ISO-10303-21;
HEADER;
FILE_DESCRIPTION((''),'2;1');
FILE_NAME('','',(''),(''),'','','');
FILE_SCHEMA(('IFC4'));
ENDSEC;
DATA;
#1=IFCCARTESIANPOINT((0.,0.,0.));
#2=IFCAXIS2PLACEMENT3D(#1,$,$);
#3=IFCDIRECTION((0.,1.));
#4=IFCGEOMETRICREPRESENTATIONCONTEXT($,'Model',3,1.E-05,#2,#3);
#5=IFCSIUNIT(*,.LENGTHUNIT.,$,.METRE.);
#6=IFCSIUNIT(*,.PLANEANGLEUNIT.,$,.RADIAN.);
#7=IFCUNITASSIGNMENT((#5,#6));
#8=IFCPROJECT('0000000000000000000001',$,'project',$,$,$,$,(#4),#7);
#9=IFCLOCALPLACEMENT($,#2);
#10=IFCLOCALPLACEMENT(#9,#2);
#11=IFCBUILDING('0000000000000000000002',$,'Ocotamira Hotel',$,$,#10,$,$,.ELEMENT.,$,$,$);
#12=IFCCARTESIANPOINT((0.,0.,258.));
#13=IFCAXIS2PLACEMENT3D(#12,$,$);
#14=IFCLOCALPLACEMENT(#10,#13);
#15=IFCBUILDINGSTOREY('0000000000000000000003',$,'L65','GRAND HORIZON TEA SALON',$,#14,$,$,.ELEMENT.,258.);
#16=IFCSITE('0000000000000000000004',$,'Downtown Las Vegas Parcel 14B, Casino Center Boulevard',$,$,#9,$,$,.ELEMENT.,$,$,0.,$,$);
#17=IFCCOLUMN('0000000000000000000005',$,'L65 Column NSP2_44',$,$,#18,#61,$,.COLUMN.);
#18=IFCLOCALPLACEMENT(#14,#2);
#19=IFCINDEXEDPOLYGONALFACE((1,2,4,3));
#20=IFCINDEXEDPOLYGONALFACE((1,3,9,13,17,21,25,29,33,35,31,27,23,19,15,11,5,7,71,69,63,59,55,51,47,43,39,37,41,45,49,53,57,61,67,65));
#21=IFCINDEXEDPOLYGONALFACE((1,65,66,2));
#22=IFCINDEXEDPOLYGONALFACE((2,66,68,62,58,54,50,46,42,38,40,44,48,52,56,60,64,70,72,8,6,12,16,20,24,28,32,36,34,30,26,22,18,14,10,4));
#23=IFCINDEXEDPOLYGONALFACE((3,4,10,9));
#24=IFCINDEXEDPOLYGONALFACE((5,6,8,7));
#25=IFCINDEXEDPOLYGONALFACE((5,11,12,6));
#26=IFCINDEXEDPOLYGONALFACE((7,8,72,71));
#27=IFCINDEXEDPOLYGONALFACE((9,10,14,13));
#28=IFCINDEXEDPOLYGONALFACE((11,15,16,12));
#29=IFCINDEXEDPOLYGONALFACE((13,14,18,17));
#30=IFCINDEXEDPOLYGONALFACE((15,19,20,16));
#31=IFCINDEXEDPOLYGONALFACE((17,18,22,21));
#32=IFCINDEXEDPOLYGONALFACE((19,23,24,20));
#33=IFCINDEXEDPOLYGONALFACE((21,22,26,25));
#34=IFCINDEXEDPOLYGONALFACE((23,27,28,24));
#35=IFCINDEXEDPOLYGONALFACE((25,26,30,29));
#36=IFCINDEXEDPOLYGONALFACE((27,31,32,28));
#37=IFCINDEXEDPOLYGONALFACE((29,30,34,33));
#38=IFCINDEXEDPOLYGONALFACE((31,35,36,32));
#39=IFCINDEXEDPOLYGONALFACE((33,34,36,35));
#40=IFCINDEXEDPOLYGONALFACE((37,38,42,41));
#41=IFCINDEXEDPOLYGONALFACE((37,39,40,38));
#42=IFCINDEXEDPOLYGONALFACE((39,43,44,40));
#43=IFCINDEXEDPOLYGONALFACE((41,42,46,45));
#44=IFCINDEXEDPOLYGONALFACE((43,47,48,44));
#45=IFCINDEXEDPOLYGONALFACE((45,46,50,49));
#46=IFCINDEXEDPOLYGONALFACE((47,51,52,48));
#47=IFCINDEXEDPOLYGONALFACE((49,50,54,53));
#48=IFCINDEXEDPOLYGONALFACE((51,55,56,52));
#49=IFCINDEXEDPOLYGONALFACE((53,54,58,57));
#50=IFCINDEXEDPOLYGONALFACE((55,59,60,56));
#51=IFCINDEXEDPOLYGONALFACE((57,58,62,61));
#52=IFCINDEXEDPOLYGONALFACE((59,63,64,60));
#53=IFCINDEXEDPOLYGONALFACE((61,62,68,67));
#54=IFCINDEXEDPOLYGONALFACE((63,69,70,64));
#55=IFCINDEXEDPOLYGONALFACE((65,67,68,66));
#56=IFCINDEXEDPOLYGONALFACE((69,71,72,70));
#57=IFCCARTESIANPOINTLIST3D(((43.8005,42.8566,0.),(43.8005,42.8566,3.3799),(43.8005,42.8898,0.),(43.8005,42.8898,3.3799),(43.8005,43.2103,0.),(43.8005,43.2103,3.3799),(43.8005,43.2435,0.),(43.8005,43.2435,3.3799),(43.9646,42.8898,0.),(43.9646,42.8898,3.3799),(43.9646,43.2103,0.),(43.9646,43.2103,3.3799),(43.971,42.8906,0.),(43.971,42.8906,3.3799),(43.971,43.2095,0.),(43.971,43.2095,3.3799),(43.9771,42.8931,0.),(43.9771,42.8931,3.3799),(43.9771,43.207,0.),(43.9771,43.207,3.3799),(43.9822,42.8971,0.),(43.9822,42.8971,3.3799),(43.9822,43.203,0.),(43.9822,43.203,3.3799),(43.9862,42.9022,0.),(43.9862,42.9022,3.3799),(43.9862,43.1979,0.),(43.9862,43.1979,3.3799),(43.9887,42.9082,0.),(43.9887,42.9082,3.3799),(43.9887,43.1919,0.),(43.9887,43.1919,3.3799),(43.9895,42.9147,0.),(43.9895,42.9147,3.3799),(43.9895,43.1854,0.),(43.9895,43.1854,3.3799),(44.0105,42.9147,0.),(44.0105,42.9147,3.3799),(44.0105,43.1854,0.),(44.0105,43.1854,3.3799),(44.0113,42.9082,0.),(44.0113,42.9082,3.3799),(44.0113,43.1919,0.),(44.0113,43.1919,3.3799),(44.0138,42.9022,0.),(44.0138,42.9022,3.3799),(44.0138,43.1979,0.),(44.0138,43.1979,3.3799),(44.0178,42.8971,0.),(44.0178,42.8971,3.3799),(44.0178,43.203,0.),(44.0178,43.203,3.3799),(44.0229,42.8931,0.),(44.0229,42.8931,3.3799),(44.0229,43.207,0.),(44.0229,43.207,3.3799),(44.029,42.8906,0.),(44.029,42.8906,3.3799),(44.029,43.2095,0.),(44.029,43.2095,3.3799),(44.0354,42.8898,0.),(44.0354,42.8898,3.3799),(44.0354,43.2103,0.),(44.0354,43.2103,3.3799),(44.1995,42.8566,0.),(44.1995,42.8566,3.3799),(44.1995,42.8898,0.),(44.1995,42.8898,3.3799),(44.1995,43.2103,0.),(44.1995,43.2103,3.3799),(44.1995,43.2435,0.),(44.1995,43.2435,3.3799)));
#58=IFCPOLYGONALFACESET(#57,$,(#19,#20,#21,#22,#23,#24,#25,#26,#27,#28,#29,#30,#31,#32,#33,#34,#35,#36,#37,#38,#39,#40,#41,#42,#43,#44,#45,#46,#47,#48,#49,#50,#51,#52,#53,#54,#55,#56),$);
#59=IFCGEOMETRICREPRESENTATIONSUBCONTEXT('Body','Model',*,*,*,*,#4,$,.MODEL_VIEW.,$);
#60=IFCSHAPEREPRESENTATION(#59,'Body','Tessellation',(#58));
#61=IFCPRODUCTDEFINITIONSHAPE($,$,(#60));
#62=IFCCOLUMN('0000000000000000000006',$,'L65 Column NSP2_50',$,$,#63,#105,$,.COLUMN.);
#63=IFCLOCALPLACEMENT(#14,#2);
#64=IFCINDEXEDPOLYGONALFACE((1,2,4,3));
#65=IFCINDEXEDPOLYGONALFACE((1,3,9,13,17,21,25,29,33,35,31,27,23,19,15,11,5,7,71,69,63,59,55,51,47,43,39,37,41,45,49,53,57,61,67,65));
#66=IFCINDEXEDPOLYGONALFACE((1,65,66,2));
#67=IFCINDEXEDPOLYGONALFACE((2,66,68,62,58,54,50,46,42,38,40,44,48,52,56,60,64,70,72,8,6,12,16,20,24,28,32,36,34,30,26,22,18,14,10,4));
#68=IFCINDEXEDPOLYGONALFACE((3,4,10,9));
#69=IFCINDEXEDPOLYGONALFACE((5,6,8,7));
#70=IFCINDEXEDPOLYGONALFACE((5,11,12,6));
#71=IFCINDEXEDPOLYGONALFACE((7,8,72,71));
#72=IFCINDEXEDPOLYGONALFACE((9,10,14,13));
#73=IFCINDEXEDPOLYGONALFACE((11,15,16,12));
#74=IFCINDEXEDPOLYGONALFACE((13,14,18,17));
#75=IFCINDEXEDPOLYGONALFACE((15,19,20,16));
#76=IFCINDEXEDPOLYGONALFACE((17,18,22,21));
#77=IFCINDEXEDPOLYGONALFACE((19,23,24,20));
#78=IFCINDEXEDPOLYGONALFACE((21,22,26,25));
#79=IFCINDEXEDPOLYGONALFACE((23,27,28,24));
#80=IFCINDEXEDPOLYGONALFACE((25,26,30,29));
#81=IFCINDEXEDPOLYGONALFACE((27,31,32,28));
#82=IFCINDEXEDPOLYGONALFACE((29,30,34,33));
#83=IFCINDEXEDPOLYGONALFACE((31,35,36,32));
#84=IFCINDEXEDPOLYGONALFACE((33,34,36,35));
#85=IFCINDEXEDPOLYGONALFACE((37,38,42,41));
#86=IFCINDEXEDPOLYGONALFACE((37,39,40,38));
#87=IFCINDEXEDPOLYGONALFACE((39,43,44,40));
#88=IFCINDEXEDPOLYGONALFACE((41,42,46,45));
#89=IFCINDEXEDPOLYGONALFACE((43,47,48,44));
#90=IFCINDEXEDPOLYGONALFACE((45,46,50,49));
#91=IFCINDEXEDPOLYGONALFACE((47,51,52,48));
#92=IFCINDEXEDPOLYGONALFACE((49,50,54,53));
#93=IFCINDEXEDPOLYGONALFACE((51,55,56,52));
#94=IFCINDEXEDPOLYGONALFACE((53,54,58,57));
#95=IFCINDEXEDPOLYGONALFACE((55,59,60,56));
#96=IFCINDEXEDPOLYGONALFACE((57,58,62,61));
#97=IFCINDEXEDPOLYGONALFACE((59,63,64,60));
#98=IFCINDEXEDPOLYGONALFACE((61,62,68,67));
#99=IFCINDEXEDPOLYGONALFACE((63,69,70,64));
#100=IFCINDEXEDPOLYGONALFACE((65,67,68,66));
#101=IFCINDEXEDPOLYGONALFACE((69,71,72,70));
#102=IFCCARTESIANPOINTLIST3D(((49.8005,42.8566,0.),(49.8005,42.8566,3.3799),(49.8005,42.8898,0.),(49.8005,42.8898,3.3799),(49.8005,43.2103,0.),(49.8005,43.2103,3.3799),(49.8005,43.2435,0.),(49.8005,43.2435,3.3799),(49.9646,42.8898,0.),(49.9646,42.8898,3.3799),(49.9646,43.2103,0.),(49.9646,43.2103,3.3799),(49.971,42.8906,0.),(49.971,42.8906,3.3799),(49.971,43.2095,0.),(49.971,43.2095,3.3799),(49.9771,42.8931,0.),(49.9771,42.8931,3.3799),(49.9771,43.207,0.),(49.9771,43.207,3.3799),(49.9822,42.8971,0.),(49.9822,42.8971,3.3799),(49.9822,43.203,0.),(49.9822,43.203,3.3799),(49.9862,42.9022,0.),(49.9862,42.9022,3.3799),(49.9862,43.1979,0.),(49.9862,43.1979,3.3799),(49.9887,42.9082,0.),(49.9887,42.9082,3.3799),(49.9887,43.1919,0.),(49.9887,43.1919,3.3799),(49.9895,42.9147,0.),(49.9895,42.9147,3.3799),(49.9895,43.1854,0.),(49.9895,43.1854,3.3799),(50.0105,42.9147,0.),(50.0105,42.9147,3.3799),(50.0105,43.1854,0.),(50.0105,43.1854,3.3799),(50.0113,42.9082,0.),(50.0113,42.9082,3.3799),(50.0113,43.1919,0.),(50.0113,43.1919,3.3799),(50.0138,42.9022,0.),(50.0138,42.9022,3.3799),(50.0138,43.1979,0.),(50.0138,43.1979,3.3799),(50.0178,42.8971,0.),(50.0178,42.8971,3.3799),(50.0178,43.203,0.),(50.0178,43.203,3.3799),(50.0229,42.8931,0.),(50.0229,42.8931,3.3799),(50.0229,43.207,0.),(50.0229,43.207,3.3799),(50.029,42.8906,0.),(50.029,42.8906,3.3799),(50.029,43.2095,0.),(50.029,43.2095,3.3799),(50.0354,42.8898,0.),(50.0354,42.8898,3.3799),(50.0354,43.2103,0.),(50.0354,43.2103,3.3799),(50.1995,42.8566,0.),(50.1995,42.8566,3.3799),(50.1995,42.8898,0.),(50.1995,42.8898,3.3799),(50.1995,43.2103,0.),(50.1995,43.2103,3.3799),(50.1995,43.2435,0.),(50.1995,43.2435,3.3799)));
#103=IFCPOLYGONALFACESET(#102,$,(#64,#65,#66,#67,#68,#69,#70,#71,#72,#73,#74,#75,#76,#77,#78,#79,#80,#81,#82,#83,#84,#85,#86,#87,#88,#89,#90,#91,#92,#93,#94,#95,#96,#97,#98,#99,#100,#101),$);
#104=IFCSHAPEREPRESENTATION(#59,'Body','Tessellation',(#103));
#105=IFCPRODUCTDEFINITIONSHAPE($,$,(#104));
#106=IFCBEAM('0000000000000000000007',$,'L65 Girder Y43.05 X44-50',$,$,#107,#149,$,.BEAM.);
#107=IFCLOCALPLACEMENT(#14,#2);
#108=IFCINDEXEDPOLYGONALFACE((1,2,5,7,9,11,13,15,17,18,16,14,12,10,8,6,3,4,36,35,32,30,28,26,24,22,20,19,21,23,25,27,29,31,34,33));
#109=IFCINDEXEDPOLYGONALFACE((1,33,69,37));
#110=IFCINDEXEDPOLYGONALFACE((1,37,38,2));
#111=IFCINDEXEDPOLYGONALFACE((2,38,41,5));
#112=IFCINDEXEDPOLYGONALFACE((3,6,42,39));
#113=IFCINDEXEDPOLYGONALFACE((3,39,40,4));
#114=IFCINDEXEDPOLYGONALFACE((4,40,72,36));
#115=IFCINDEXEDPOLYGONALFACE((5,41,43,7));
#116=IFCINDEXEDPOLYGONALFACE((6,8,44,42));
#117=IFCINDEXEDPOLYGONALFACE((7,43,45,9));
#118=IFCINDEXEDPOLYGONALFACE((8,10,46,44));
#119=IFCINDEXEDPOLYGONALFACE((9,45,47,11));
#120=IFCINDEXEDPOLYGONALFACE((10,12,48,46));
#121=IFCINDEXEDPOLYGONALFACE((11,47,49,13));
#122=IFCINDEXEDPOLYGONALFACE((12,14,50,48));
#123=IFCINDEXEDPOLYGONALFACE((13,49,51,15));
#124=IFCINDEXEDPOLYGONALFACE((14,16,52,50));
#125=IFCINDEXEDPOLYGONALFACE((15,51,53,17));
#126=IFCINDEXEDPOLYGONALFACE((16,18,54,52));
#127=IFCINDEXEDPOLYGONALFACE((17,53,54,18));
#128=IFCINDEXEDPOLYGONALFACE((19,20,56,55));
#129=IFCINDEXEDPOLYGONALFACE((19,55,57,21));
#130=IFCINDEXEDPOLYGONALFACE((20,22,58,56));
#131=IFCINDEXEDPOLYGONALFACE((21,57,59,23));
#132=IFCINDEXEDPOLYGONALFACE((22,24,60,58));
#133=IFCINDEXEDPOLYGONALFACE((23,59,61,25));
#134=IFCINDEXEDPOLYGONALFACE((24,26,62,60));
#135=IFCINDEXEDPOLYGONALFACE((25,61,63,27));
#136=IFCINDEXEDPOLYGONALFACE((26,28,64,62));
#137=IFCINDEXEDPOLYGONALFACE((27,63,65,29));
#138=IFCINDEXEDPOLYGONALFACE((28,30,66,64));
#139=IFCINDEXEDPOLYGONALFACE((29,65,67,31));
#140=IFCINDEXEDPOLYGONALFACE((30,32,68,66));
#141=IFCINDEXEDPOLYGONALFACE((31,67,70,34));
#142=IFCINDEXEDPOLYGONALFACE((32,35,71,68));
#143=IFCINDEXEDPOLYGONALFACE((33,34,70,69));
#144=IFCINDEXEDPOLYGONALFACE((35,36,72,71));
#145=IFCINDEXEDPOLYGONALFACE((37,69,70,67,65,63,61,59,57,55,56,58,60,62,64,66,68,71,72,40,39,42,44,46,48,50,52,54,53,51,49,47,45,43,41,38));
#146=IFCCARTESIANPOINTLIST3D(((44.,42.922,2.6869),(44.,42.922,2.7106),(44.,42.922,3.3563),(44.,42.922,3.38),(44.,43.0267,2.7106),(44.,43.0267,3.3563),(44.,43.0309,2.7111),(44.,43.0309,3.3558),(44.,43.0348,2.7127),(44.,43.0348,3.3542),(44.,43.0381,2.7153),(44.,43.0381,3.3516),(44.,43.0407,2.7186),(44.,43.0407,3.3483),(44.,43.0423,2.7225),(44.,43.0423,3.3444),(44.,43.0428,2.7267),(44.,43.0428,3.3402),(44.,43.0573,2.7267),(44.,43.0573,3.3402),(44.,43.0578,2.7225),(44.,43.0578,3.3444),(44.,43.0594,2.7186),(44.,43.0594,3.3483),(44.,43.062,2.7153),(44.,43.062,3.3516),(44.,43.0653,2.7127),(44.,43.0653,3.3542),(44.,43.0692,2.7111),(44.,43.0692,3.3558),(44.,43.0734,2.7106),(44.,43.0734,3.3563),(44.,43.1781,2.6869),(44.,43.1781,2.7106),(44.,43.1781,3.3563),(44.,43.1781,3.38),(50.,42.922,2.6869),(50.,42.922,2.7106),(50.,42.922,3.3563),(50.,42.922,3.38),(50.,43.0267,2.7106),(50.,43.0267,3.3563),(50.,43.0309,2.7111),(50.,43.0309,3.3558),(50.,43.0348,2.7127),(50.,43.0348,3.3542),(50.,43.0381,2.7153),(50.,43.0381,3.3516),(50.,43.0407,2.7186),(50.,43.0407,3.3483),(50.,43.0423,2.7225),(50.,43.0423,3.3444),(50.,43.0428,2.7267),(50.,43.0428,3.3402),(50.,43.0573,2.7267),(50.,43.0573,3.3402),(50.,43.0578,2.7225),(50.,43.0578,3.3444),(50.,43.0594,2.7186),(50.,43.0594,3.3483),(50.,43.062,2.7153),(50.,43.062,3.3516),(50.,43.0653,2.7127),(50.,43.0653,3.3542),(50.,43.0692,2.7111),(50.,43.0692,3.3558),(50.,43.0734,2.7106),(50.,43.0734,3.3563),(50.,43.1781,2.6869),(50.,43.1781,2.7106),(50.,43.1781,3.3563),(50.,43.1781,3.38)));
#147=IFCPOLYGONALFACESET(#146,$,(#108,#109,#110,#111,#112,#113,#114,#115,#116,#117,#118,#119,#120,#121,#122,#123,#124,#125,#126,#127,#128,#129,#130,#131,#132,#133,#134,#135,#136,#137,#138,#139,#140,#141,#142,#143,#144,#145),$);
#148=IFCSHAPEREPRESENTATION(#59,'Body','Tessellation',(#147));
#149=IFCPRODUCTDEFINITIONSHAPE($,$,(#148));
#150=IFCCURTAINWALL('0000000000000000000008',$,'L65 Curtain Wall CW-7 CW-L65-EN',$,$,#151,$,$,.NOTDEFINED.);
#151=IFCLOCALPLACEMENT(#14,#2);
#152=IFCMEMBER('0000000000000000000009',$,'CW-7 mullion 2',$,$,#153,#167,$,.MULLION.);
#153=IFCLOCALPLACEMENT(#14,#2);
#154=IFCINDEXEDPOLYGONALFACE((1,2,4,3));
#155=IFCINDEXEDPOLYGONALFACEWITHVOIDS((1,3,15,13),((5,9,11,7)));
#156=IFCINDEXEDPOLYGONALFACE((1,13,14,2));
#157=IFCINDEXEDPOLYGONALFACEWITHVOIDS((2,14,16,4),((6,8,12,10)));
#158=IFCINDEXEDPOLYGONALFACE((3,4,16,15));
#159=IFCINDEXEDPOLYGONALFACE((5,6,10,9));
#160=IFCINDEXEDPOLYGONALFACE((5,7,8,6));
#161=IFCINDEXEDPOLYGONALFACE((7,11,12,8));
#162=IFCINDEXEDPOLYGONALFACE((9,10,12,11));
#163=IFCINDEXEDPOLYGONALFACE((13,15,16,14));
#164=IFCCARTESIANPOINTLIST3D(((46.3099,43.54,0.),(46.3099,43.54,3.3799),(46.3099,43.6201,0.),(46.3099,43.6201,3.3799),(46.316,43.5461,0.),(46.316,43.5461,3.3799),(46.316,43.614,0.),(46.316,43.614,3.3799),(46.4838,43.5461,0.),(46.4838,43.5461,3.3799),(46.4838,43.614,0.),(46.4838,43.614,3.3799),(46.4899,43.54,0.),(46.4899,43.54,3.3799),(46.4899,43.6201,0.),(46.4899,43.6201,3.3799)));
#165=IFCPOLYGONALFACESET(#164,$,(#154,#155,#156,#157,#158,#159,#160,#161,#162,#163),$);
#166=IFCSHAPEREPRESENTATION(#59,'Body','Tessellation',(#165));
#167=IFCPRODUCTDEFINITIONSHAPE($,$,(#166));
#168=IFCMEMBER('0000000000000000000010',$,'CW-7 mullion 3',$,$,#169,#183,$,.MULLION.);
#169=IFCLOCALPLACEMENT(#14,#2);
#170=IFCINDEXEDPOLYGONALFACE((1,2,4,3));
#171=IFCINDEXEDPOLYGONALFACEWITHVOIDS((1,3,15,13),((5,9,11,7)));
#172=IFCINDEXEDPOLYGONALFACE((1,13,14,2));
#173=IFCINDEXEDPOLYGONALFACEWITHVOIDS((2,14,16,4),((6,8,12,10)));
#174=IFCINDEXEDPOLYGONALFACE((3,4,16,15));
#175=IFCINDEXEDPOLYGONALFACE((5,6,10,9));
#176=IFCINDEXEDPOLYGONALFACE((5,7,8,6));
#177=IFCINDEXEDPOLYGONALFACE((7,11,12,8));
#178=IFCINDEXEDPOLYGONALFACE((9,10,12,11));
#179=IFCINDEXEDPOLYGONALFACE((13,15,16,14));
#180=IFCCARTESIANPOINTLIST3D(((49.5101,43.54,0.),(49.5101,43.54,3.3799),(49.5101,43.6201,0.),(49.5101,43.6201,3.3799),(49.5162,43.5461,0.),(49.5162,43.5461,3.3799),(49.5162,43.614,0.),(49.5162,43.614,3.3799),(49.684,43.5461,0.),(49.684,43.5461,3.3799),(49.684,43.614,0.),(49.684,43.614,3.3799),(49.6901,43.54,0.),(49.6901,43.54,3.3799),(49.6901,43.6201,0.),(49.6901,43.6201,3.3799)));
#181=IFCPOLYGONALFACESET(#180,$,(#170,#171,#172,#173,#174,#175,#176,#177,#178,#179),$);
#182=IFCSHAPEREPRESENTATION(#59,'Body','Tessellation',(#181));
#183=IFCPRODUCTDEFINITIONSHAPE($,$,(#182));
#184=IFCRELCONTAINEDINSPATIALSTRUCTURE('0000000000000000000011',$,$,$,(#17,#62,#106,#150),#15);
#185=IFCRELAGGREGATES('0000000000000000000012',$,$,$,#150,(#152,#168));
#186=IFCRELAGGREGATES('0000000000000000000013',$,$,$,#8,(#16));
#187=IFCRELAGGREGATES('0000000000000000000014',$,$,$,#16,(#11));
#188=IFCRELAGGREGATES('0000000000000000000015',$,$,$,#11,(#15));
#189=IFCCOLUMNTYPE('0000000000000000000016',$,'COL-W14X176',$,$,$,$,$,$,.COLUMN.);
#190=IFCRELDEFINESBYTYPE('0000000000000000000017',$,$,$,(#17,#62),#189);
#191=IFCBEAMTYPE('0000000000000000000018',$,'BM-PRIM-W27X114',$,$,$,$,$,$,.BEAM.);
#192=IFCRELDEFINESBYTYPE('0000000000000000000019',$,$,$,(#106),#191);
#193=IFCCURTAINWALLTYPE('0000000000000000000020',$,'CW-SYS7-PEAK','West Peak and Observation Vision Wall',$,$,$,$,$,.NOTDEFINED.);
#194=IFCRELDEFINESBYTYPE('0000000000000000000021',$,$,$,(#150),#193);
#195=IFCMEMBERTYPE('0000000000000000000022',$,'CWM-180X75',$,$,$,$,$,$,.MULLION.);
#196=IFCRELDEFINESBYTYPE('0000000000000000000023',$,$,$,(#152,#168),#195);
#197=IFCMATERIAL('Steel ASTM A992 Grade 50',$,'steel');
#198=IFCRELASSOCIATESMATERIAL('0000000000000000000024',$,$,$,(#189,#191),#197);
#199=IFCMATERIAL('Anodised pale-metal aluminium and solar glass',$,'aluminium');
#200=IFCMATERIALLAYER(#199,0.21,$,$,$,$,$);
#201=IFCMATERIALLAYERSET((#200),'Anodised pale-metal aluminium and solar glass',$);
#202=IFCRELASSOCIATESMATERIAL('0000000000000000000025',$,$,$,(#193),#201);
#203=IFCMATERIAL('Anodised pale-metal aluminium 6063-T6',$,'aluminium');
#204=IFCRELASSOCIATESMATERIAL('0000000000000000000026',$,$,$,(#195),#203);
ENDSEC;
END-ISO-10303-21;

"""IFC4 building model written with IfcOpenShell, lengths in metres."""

from ifc_helpers import new_model, si_unit, direction, frame, origin, origin_2d, place, context, subcontext, project, spatial, hollow_rectangle, i_section, extrude, source, transform, mapped, material, layer, layer_set, material_profile, profile_set, type_object, element, aggregate, save


model = new_model("IFC4")

# Units and contexts
model_context = context("Model", 3, precision=1e-05, world=origin(), true_north=direction((0.0, 1.0)))
body_context = subcontext(model_context, "Body", "Model", "MODEL_VIEW")
ifc_project = project(units=[si_unit("LENGTHUNIT", "METRE"), si_unit("PLANEANGLEUNIT", "RADIAN")], contexts=[model_context])

# Site, building, storey
site_placement = place(None, origin())
site = spatial("IfcSite", under=ifc_project, at=site_placement, Name="Downtown Las Vegas Parcel 14B, Casino Center Boulevard", CompositionType="ELEMENT", RefElevation=0.0)
building_placement = place(site_placement, origin())
building = spatial("IfcBuilding", under=site, at=building_placement, Name="Ocotamira Hotel", CompositionType="ELEMENT")
storey_placement = place(building_placement, frame((0.0, 0.0, 258.0)))
storey = spatial("IfcBuildingStorey", under=building, at=storey_placement, Name="L65", Description="GRAND HORIZON TEA SALON", CompositionType="ELEMENT", Elevation=258.0)

# Columns
ifc_material_1 = material(Name="Steel ASTM A992 Grade 50", Category="steel")
ifc_material_profile_1 = material_profile(ifc_material_1, i_section(OverallWidth=0.3989, OverallDepth=0.387, WebThickness=0.021, FlangeThickness=0.0332, FilletRadius=0.0249, at=origin_2d()), Name="W14X176")
ifc_profile_set_1 = profile_set([ifc_material_profile_1], Name="Steel ASTM A992 Grade 50")
column_type = type_object("IfcColumnType", Name="COL-W14X176", PredefinedType="COLUMN", material=ifc_profile_set_1)
shared_shape_1 = source(origin(), body_context, "Body", "SweptSolid", [
    extrude(i_section(OverallWidth=0.3989, OverallDepth=0.387, WebThickness=0.021, FlangeThickness=0.0332, FilletRadius=0.0249, at=origin_2d()), origin(), (0.0, 0.0, 1.0), 3.3799),
])
for number, where, z_axis, x_axis, name in (
    (1, (44.0, 43.05, 0.0), (0.0, 0.0, 1.0), (1.0, 0.0, 0.0), "L65 Column NSP2_44"),
    (2, (50.0, 43.05, 0.0), (0.0, 0.0, 1.0), (1.0, 0.0, 0.0), "L65 Column NSP2_50"),
):
    element("IfcColumn", number, at=place(storey_placement, frame(where, z_axis=z_axis, x_axis=x_axis)), inside=storey, type_object=column_type, Name=name, PredefinedType="COLUMN", context=body_context, shape_type="MappedRepresentation", body=[
        mapped(shared_shape_1, transform((0.0, 0.0, 0.0), scale=1.0)),
    ])

# Beam
ifc_material_profile_2 = material_profile(ifc_material_1, i_section(OverallWidth=0.2561, OverallDepth=0.6931, WebThickness=0.0144, FlangeThickness=0.0237, FilletRadius=0.0161, at=origin_2d()), Name="W27X114")
ifc_profile_set_2 = profile_set([ifc_material_profile_2], Name="Steel ASTM A992 Grade 50")
beam_type = type_object("IfcBeamType", Name="BM-PRIM-W27X114", PredefinedType="BEAM", material=ifc_profile_set_2)
shared_shape_2 = source(origin(), body_context, "Body", "SweptSolid", [
    extrude(i_section(OverallWidth=0.2561, OverallDepth=0.6931, WebThickness=0.0144, FlangeThickness=0.0237, FilletRadius=0.0161, at=origin_2d()), origin(), (0.0, 0.0, 1.0), 6.0),
])
beam_placement = place(storey_placement, frame((44.0, 43.05, 3.0334), z_axis=(1.0, 0.0, 0.0), x_axis=(0.0, 1.0, 0.0)))
element("IfcBeam", 3, at=beam_placement, inside=storey, type_object=beam_type, Name="L65 Girder Y43.05 X44-50", PredefinedType="BEAM", context=body_context, shape_type="MappedRepresentation", body=[
    mapped(shared_shape_2, transform((0.0, 0.0, 0.0), scale=1.0)),
])

# Curtain wall, members
ifc_material_2 = material(Name="Anodised pale-metal aluminium and solar glass", Category="aluminium")
ifc_layer_1 = layer(ifc_material_2, 0.21)
ifc_layer_set_1 = layer_set([ifc_layer_1], Name="Anodised pale-metal aluminium and solar glass")
curtain_wall_type = type_object("IfcCurtainWallType", Name="CW-SYS7-PEAK", Description="West Peak and Observation Vision Wall", PredefinedType="NOTDEFINED", material=ifc_layer_set_1)
curtain_wall_1_placement = place(storey_placement, origin())
curtain_wall_1 = element("IfcCurtainWall", 4, at=curtain_wall_1_placement, inside=storey, type_object=curtain_wall_type, Name="L65 Curtain Wall CW-7 CW-L65-EN", PredefinedType="NOTDEFINED")
ifc_material_3 = material(Name="Anodised pale-metal aluminium 6063-T6", Category="aluminium")
ifc_material_profile_3 = material_profile(ifc_material_3, hollow_rectangle(XDim=0.0801, YDim=0.1799, WallThickness=0.0061, at=origin_2d()), Name="HSS180X80X6")
ifc_profile_set_3 = profile_set([ifc_material_profile_3], Name="Anodised pale-metal aluminium 6063-T6")
member_type_1 = type_object("IfcMemberType", Name="CWM-180X75", PredefinedType="MULLION", material=ifc_profile_set_3)
shared_shape_3 = source(origin(), body_context, "Body", "SweptSolid", [
    extrude(hollow_rectangle(XDim=0.0801, YDim=0.1799, WallThickness=0.0061, at=origin_2d()), origin(), (0.0, 0.0, 1.0), 3.3799),
])
member_1_placement = place(storey_placement, frame((46.3999, 43.5801, 0.0), z_axis=(0.0, 0.0, 1.0), x_axis=(0.0, 1.0, 0.0)))
member_1 = element("IfcMember", 5, at=member_1_placement, type_object=member_type_1, Name="CW-7 mullion 2", PredefinedType="MULLION", context=body_context, shape_type="MappedRepresentation", body=[
    mapped(shared_shape_3, transform((0.0, 0.0, 0.0), scale=1.0)),
])
member_2_placement = place(storey_placement, frame((49.6001, 43.5801, 0.0), z_axis=(0.0, 0.0, 1.0), x_axis=(0.0, 1.0, 0.0)))
member_2 = element("IfcMember", 6, at=member_2_placement, type_object=member_type_1, Name="CW-7 mullion 3", PredefinedType="MULLION", context=body_context, shape_type="MappedRepresentation", body=[
    mapped(shared_shape_3, transform((0.0, 0.0, 0.0), scale=1.0)),
])

aggregate(curtain_wall_1, [member_1, member_2])

save(model, "model.ifc")
